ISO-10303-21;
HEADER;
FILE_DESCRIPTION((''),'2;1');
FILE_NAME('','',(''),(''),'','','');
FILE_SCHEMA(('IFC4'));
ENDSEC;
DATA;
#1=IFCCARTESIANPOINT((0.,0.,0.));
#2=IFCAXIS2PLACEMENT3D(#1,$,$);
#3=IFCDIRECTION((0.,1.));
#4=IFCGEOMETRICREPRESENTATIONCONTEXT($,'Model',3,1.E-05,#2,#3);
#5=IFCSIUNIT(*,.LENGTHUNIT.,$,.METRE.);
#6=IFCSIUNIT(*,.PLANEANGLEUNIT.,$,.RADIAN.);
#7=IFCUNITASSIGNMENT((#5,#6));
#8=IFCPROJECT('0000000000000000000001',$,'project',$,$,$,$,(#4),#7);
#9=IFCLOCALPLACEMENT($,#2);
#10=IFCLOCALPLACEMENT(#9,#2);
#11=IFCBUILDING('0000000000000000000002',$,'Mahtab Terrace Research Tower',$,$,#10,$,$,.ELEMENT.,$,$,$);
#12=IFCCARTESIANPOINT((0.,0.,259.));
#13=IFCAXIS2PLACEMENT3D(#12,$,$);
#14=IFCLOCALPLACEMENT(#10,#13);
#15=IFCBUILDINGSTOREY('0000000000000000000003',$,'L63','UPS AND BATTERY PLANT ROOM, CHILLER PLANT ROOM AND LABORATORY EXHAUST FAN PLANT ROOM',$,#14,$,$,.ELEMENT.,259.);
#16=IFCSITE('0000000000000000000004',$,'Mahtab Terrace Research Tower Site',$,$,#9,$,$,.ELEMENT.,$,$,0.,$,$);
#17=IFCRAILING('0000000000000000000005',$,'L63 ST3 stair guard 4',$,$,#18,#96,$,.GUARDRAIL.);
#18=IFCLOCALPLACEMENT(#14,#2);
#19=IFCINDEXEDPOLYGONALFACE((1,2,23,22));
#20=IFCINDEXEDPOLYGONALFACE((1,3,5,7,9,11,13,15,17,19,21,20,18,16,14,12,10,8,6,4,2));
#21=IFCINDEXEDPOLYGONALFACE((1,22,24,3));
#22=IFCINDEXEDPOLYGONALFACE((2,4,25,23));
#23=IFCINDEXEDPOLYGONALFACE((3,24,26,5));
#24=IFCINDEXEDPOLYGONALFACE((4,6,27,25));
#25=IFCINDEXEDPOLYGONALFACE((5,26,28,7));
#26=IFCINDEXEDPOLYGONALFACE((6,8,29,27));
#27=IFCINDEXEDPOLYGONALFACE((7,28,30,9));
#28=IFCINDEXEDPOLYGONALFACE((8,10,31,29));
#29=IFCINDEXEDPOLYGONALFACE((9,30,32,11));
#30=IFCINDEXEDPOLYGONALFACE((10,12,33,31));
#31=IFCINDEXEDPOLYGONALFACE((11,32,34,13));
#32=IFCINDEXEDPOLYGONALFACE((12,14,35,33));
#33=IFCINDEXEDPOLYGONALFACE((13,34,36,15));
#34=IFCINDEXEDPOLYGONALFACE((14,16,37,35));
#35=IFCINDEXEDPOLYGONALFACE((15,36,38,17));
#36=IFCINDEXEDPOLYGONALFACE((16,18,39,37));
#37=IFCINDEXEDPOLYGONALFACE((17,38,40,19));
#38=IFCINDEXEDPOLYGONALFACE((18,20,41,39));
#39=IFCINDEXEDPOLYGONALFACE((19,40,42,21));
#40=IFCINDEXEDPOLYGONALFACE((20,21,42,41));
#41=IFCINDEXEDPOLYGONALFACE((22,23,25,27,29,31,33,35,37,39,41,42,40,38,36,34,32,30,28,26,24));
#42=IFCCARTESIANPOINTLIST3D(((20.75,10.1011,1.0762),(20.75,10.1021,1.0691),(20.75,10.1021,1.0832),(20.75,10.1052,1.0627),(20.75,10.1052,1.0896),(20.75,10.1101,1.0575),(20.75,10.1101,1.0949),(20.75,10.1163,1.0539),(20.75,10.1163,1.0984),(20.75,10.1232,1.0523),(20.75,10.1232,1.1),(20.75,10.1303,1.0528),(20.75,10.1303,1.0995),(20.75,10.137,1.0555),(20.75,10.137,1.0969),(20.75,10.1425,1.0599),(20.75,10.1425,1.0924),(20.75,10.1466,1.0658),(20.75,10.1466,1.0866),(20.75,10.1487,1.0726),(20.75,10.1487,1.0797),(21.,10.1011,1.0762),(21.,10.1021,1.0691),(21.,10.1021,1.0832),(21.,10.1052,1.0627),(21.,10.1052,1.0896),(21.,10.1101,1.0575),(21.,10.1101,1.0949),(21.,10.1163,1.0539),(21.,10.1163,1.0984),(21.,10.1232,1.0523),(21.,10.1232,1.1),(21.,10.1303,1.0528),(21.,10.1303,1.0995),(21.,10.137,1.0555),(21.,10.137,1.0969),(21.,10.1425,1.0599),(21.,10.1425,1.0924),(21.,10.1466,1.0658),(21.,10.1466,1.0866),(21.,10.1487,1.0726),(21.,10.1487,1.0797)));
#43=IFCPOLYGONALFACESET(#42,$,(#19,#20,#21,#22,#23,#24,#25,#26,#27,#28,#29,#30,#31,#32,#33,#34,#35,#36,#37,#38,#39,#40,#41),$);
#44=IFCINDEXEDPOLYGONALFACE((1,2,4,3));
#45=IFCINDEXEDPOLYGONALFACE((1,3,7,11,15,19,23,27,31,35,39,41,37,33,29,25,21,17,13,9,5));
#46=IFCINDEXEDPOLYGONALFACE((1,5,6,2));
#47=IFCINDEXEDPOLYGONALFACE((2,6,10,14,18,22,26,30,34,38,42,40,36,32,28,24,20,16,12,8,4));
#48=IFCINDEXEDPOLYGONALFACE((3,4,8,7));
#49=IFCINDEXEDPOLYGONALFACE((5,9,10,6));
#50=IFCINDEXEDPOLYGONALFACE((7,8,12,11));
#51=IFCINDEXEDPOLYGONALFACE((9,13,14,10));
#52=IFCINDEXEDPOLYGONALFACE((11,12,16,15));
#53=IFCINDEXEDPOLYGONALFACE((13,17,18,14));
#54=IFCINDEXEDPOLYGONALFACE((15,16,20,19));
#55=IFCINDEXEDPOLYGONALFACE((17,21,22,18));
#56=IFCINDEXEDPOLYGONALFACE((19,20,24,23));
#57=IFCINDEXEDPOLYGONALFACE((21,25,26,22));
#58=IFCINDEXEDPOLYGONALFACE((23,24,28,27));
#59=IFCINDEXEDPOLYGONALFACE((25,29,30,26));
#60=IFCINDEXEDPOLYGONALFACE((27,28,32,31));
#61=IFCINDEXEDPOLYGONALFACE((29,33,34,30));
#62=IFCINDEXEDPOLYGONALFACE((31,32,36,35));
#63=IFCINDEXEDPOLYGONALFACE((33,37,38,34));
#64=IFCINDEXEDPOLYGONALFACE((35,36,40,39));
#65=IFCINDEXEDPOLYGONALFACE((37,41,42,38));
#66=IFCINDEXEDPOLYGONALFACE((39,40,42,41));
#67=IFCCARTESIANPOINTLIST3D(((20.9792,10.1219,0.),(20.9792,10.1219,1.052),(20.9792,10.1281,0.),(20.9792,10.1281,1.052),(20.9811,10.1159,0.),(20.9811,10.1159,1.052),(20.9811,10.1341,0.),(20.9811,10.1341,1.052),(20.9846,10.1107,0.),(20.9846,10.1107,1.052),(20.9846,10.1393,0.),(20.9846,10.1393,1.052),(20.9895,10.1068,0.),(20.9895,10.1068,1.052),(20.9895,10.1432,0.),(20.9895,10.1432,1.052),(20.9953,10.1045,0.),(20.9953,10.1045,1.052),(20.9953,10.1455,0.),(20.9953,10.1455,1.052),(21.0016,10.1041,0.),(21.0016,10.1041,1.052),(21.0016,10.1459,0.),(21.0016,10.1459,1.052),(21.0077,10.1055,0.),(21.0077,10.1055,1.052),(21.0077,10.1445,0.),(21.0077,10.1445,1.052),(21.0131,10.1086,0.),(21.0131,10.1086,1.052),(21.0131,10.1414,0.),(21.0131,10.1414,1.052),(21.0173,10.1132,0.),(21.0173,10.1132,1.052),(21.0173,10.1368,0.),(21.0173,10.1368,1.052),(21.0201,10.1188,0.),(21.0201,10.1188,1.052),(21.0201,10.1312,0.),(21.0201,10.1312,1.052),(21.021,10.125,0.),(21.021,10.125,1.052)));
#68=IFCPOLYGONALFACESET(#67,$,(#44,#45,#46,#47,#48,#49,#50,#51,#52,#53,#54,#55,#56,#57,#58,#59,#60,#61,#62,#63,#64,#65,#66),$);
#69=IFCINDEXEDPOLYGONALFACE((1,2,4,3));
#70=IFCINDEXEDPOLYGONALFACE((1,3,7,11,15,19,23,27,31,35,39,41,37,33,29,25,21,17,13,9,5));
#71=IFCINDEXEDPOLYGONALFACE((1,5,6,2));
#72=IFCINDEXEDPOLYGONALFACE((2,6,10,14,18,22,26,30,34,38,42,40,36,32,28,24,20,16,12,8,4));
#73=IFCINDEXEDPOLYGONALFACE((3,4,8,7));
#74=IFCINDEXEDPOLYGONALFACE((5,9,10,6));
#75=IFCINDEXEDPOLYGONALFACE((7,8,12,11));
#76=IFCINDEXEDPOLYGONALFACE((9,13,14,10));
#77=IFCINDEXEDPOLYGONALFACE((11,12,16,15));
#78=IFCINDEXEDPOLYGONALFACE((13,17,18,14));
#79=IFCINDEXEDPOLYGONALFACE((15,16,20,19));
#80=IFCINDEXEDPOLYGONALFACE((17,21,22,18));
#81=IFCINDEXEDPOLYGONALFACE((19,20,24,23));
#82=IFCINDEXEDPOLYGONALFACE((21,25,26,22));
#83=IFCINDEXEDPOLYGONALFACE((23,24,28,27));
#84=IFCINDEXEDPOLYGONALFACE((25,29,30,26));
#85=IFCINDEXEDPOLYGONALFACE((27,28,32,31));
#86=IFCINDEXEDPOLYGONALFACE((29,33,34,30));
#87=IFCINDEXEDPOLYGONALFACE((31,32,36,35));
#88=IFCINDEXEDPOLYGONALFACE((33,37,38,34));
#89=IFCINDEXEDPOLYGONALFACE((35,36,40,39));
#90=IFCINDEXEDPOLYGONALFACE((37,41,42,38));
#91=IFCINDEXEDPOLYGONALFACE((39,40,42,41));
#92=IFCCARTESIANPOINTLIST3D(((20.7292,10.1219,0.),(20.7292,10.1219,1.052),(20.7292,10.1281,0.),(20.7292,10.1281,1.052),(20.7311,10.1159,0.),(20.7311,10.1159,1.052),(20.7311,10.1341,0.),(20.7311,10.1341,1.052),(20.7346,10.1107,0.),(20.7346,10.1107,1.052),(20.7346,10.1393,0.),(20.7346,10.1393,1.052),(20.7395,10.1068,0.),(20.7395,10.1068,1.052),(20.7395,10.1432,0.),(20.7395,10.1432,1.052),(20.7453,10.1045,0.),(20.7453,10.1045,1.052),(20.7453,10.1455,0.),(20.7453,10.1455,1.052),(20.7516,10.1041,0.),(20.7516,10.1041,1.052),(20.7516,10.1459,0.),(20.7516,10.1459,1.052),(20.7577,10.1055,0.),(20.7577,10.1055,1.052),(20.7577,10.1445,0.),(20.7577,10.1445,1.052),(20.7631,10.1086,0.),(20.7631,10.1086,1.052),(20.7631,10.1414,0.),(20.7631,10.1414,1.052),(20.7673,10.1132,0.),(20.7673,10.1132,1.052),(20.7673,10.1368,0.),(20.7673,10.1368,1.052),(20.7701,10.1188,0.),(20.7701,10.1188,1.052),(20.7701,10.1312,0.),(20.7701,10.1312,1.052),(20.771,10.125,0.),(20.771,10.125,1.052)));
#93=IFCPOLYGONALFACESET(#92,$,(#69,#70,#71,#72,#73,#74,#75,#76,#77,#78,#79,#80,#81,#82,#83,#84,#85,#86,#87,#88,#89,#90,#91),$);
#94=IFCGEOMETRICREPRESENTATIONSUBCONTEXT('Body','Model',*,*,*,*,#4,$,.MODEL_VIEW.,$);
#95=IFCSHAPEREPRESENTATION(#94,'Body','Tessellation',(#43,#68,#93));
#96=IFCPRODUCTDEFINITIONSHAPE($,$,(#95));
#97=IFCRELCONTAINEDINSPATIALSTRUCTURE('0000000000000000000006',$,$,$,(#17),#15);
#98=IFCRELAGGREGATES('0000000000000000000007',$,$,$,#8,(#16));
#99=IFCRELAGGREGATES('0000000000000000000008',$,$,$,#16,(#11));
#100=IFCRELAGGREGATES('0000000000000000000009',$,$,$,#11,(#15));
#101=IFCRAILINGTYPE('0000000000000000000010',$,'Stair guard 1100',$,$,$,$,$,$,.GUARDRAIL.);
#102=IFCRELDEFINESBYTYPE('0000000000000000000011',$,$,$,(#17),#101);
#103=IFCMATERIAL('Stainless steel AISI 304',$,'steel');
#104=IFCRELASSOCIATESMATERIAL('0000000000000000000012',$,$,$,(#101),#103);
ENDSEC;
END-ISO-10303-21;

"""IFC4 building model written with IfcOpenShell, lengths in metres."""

from ifc_helpers import new_model, si_unit, direction, frame, origin, origin_2d, place, context, subcontext, project, spatial, circle, extrude, material, type_object, element, save


model = new_model("IFC4")

# Units and contexts
model_context = context("Model", 3, precision=1e-05, world=origin(), true_north=direction((0.0, 1.0)))
body_context = subcontext(model_context, "Body", "Model", "MODEL_VIEW")
ifc_project = project(units=[si_unit("LENGTHUNIT", "METRE"), si_unit("PLANEANGLEUNIT", "RADIAN")], contexts=[model_context])

# Site, building, storey
site_placement = place(None, origin())
site = spatial("IfcSite", under=ifc_project, at=site_placement, Name="Mahtab Terrace Research Tower Site", CompositionType="ELEMENT", RefElevation=0.0)
building_placement = place(site_placement, origin())
building = spatial("IfcBuilding", under=site, at=building_placement, Name="Mahtab Terrace Research Tower", CompositionType="ELEMENT")
storey_placement = place(building_placement, frame((0.0, 0.0, 259.0)))
storey = spatial("IfcBuildingStorey", under=building, at=storey_placement, Name="L63", Description="UPS AND BATTERY PLANT ROOM, CHILLER PLANT ROOM AND LABORATORY EXHAUST FAN PLANT ROOM", CompositionType="ELEMENT", Elevation=259.0)

# Railing
ifc_material_1 = material(Name="Stainless steel AISI 304", Category="steel")
railing_type_1 = type_object("IfcRailingType", Name="Stair guard 1100", PredefinedType="GUARDRAIL", material=ifc_material_1)
railing_1_placement = place(storey_placement, frame((21.0, 10.125, 0.0)))
element("IfcRailing", 1, at=railing_1_placement, inside=storey, type_object=railing_type_1, Name="L63 ST3 stair guard 4", PredefinedType="GUARDRAIL", context=body_context, shape_type="SweptSolid", body=[
    extrude(circle(Radius=0.0239, at=origin_2d()), frame((0.0, 0.0, 1.0762), z_axis=(-1.0, 0.0, 0.0), x_axis=(0.0, -1.0, 0.0)), (0.0, 0.0, 1.0), 0.25),
    extrude(circle(Radius=0.021, at=origin_2d()), origin(), (0.0, 0.0, 1.0), 1.052),
    extrude(circle(Radius=0.021, at=origin_2d()), frame((-0.25, 0.0, 0.0)), (0.0, 0.0, 1.0), 1.052),
])

save(model, "model.ifc")
